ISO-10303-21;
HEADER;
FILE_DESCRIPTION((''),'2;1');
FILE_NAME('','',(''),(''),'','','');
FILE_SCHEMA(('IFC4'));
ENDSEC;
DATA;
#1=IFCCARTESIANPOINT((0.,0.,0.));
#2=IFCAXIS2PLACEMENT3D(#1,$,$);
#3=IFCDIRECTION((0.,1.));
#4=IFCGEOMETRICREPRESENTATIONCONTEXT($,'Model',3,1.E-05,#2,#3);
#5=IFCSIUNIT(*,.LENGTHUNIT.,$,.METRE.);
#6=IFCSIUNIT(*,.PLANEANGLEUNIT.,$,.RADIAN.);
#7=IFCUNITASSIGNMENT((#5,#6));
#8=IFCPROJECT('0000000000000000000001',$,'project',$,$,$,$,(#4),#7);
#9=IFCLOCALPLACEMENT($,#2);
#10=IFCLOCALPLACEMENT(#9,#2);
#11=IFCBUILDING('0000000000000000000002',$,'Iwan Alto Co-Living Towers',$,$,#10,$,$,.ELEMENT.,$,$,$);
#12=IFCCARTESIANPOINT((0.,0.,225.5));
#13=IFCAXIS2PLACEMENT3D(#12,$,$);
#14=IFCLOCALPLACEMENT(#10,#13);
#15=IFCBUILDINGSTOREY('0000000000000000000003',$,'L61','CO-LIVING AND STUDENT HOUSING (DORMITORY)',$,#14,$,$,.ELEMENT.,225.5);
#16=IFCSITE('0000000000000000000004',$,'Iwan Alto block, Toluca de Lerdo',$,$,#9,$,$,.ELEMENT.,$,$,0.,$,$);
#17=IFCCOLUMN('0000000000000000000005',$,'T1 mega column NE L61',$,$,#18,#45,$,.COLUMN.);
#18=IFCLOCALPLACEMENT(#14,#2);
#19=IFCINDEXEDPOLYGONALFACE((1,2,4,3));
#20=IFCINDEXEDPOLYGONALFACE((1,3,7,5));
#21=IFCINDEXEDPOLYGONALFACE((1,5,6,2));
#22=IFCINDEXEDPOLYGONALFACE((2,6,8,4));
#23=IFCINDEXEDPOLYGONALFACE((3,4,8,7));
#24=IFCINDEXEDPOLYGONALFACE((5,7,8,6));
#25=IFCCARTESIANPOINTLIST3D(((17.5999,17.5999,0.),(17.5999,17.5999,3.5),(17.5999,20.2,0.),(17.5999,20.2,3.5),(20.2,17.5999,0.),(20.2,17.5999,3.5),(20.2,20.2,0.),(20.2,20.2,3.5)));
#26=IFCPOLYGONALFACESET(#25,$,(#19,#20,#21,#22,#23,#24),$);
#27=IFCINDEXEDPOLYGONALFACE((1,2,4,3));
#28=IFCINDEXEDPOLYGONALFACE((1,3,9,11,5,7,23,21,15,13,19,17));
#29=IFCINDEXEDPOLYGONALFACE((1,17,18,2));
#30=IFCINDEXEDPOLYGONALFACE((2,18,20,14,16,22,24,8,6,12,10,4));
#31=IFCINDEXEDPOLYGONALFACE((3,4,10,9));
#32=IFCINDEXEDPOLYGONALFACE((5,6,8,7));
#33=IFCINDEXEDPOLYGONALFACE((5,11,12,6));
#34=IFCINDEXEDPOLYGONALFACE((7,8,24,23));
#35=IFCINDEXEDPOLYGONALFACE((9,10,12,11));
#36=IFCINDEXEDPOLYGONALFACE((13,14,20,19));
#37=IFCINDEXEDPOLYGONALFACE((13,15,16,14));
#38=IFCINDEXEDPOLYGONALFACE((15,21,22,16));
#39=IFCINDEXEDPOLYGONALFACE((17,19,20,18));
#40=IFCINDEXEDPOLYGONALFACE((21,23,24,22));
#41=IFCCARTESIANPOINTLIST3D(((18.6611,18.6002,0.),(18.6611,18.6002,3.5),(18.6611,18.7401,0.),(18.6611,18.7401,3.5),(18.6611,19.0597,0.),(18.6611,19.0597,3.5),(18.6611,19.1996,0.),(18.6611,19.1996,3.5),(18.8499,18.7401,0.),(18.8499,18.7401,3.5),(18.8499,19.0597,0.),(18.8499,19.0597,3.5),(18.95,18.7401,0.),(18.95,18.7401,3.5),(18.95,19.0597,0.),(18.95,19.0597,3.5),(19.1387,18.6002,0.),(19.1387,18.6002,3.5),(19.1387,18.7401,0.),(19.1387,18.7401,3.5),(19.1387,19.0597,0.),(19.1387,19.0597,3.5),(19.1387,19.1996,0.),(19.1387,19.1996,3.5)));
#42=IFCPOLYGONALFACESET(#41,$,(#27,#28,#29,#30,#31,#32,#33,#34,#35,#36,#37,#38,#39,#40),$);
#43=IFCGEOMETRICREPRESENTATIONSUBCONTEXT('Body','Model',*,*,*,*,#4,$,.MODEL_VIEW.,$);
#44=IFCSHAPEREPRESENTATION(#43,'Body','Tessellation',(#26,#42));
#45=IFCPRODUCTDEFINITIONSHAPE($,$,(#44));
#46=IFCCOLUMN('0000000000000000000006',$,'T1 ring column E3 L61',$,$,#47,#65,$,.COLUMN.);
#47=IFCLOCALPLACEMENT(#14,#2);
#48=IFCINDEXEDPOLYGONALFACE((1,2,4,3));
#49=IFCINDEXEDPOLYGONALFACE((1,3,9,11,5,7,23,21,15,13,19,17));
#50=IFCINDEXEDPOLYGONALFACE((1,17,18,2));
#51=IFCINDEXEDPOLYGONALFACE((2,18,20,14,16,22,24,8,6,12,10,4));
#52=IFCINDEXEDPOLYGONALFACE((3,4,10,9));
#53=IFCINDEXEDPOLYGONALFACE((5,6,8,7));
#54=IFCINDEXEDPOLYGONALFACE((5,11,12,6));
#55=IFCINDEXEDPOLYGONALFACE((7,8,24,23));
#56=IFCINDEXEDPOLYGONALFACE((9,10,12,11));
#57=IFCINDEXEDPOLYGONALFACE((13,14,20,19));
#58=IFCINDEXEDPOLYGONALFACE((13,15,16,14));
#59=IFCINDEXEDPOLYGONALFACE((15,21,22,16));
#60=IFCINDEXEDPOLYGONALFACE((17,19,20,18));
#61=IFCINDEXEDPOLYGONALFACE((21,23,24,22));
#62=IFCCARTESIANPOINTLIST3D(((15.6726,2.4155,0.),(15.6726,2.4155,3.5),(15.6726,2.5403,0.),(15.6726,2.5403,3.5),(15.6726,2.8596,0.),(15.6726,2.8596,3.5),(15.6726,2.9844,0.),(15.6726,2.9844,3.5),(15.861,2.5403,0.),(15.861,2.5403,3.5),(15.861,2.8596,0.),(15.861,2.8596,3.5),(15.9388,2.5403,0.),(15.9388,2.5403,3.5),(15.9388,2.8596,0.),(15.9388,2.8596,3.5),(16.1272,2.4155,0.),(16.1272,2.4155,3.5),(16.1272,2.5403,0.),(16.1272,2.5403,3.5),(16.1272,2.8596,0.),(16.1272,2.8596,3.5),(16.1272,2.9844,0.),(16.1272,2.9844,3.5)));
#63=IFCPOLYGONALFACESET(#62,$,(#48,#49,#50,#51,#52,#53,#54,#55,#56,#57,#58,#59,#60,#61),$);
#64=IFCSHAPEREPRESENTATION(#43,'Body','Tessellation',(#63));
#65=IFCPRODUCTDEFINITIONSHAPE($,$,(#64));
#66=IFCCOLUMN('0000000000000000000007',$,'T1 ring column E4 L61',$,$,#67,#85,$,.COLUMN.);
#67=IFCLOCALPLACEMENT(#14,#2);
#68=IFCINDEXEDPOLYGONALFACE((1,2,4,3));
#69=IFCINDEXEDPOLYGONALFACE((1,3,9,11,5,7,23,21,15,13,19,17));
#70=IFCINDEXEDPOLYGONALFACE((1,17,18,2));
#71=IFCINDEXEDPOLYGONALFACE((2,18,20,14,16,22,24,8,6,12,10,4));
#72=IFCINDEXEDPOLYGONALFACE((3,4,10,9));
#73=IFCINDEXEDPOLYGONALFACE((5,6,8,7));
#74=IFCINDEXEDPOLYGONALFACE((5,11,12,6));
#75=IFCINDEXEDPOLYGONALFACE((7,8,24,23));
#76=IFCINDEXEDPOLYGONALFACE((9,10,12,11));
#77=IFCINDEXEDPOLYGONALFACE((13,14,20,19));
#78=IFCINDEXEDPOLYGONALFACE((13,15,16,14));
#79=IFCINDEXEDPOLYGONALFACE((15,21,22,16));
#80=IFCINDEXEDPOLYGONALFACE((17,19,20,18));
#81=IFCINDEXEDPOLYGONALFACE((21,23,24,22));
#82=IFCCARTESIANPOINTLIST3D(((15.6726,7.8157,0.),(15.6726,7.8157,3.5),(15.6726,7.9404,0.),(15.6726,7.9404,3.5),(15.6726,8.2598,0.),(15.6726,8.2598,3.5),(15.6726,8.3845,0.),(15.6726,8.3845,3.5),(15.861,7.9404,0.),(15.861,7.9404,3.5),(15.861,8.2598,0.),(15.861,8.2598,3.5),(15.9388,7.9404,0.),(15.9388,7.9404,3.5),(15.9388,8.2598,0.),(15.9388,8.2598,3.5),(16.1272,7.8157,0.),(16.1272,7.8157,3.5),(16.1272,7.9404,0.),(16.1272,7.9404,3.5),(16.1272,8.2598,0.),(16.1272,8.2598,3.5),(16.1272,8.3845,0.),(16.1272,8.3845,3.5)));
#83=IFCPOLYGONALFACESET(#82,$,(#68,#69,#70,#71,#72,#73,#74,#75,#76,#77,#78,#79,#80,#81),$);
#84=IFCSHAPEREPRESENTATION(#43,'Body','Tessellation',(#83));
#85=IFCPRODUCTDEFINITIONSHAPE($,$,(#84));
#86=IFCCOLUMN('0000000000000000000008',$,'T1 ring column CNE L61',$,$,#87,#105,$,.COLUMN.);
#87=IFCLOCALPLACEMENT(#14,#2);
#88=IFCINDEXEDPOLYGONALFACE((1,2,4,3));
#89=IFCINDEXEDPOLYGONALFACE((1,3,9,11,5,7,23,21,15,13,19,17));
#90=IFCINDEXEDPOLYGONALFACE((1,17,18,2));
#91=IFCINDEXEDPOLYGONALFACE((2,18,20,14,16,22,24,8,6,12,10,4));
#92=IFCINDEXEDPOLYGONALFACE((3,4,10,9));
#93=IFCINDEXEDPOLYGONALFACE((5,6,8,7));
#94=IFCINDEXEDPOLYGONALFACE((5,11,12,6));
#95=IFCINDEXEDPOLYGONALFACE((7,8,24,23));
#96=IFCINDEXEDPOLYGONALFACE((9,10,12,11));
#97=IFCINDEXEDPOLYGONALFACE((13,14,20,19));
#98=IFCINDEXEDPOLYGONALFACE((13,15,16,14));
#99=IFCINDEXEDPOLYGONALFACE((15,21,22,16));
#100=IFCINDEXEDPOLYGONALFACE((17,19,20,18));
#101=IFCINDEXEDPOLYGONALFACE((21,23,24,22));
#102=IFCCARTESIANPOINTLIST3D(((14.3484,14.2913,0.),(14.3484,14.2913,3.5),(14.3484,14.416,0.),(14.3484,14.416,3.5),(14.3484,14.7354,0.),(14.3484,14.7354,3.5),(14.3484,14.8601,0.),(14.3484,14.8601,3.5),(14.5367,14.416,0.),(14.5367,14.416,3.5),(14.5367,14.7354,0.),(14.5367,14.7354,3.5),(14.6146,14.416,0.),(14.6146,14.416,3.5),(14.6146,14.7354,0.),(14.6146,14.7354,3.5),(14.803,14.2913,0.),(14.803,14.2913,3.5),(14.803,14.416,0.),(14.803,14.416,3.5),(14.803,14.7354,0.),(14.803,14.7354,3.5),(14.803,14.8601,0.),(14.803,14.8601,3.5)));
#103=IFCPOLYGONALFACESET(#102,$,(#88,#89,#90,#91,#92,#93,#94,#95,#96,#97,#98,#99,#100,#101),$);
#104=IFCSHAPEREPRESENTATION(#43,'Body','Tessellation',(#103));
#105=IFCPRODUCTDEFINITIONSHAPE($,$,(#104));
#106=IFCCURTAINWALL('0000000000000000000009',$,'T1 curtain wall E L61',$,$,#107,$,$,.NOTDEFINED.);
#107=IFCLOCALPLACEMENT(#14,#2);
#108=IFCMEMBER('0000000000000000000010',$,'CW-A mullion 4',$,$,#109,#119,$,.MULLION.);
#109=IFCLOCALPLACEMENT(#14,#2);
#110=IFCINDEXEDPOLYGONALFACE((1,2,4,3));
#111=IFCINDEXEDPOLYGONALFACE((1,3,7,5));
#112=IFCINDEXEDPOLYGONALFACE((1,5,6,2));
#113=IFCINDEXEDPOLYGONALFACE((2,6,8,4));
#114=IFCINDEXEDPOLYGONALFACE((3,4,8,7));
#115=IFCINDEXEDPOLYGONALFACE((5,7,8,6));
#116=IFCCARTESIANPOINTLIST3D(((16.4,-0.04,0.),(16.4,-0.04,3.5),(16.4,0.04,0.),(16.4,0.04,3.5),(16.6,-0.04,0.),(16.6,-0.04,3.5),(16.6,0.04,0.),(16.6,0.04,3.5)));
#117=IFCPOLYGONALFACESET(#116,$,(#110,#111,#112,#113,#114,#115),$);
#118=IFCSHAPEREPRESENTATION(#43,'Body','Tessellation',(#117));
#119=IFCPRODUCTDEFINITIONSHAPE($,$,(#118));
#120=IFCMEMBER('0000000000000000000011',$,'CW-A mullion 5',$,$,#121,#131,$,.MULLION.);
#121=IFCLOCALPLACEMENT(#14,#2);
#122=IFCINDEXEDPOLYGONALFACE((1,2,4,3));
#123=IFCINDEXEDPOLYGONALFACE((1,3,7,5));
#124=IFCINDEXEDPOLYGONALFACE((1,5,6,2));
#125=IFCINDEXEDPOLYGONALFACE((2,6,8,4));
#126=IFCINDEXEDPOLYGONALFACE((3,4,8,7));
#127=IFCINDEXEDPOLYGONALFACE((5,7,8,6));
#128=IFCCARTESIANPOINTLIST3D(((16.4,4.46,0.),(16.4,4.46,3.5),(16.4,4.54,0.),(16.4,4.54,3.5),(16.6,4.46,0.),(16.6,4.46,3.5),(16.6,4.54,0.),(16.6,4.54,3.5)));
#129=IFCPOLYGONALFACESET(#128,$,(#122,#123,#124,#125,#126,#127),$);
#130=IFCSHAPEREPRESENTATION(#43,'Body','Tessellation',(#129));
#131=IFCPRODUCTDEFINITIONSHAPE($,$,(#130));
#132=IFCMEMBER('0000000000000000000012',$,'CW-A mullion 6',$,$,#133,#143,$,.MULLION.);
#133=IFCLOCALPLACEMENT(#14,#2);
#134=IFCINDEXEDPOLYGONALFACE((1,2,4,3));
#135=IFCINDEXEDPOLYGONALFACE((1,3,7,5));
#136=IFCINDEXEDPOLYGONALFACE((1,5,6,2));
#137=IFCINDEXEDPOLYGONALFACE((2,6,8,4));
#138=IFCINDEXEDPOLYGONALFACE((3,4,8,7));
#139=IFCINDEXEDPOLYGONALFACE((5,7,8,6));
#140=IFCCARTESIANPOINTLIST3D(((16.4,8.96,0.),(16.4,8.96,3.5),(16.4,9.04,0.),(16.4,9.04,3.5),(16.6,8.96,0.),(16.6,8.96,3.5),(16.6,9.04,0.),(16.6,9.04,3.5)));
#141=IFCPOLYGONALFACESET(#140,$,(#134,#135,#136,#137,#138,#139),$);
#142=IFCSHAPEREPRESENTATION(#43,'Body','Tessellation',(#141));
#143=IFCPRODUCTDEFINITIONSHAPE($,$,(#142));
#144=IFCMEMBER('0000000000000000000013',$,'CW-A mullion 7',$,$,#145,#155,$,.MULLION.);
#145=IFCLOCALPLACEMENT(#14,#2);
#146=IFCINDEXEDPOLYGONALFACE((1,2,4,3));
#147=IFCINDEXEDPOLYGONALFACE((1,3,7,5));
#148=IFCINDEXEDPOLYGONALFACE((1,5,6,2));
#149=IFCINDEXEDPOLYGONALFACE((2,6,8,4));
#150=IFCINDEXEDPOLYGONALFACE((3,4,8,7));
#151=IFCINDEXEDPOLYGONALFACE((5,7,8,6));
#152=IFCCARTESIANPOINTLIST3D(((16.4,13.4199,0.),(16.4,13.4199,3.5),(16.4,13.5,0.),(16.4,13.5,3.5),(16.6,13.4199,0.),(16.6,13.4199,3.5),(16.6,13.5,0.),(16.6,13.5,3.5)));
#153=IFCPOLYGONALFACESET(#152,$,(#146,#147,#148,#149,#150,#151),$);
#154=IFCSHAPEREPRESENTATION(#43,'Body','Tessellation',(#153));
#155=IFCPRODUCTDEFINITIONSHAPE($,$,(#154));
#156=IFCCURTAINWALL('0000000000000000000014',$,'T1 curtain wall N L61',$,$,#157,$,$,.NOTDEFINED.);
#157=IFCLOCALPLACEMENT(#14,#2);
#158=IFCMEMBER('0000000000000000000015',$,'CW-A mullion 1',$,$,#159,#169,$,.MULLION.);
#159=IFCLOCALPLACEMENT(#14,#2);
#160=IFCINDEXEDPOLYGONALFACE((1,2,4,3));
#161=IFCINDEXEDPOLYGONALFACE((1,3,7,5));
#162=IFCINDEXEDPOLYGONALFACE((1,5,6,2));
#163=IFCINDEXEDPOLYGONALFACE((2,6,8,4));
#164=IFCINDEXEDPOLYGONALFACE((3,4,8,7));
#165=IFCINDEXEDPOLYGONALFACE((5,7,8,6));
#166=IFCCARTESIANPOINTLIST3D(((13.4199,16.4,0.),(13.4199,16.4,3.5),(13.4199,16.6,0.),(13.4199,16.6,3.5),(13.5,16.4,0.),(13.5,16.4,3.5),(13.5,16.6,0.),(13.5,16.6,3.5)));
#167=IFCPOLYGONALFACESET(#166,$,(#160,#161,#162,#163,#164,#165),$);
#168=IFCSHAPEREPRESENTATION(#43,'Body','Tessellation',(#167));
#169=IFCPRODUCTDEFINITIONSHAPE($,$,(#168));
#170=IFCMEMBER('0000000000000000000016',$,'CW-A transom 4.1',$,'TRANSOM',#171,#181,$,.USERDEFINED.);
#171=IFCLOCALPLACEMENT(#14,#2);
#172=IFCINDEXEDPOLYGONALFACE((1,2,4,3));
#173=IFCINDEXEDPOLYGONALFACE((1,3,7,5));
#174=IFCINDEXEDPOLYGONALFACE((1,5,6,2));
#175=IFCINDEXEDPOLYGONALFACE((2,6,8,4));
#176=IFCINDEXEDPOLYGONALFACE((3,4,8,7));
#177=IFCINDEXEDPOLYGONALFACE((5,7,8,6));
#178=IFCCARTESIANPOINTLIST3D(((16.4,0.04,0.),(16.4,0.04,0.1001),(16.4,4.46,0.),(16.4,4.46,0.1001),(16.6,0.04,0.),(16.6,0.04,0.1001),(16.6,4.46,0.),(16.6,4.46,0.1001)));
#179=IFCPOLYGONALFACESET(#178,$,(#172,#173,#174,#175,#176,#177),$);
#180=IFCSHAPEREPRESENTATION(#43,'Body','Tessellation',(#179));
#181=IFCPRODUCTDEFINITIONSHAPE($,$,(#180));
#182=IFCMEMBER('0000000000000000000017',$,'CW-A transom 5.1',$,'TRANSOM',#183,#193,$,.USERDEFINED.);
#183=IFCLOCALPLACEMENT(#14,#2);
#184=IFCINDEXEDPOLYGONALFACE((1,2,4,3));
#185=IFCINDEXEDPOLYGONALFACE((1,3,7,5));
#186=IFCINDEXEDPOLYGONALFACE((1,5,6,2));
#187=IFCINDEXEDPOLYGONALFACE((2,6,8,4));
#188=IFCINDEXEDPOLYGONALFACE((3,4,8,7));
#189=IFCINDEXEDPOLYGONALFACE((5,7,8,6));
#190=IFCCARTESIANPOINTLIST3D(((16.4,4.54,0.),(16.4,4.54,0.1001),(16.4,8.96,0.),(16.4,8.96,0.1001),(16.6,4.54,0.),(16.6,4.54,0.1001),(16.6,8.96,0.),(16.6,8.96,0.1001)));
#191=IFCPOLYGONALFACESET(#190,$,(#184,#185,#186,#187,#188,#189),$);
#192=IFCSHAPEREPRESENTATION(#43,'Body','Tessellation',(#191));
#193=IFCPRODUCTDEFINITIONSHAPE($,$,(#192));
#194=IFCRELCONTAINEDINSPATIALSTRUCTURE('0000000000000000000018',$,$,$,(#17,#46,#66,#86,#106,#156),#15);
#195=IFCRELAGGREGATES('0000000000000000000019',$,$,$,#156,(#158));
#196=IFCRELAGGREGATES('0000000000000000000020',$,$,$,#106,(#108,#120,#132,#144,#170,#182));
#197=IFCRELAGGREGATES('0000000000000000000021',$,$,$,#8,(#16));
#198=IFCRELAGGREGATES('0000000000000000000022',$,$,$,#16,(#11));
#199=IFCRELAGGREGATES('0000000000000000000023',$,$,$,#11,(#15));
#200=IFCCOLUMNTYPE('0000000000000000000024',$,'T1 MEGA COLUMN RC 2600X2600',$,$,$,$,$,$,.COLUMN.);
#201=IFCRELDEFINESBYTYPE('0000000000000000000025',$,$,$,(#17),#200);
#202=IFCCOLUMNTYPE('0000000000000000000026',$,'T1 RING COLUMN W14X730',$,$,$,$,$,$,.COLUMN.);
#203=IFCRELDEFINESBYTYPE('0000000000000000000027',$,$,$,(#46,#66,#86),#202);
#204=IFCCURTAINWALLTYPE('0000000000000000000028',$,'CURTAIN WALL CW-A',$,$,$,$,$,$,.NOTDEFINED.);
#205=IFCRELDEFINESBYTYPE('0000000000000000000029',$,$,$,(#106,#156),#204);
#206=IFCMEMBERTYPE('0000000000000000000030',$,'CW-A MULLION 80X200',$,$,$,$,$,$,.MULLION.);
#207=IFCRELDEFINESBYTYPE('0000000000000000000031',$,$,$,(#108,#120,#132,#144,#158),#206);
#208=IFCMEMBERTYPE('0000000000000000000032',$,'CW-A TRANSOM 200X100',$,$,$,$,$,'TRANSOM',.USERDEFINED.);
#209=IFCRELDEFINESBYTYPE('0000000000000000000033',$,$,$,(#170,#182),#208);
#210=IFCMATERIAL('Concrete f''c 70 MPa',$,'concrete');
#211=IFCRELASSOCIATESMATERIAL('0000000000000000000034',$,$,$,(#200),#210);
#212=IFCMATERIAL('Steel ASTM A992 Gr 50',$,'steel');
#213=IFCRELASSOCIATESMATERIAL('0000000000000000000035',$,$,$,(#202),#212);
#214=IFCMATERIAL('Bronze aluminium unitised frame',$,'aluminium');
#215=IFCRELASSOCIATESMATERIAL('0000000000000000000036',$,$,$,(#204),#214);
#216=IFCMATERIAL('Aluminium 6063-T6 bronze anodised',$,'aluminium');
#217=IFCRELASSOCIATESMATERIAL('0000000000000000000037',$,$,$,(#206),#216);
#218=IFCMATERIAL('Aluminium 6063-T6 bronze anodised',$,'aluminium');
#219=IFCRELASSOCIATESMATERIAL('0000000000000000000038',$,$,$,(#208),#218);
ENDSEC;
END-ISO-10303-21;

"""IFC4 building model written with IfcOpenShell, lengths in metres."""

from ifc_helpers import new_model, si_unit, direction, frame, origin, origin_2d, place, context, subcontext, project, spatial, rectangle, i_section, extrude, material, material_profile, profile_set, type_object, element, aggregate, save


model = new_model("IFC4")

# Units and contexts
model_context = context("Model", 3, precision=1e-05, world=origin(), true_north=direction((0.0, 1.0)))
body_context = subcontext(model_context, "Body", "Model", "MODEL_VIEW")
ifc_project = project(units=[si_unit("LENGTHUNIT", "METRE"), si_unit("PLANEANGLEUNIT", "RADIAN")], contexts=[model_context])

# Site, building, storey
site_placement = place(None, origin())
site = spatial("IfcSite", under=ifc_project, at=site_placement, Name="Iwan Alto block, Toluca de Lerdo", CompositionType="ELEMENT", RefElevation=0.0)
building_placement = place(site_placement, origin())
building = spatial("IfcBuilding", under=site, at=building_placement, Name="Iwan Alto Co-Living Towers", CompositionType="ELEMENT")
storey_placement = place(building_placement, frame((0.0, 0.0, 225.5)))
storey = spatial("IfcBuildingStorey", under=building, at=storey_placement, Name="L61", Description="CO-LIVING AND STUDENT HOUSING (DORMITORY)", CompositionType="ELEMENT", Elevation=225.5)

# Columns
ifc_material_1 = material(Name="Concrete f'c 70 MPa", Category="concrete")
ifc_material_profile_1 = material_profile(ifc_material_1, rectangle(XDim=2.6001, YDim=2.6001, at=origin_2d()), Name="RC 2600X2600")
ifc_profile_set_1 = profile_set([ifc_material_profile_1], Name="Concrete f'c 70 MPa")
column_type_1 = type_object("IfcColumnType", Name="T1 MEGA COLUMN RC 2600X2600", PredefinedType="COLUMN", material=ifc_profile_set_1)
column_placement = place(storey_placement, frame((18.8999, 18.8999, 0.0), z_axis=(0.0, 0.0, 1.0), x_axis=(1.0, 0.0, 0.0)))
element("IfcColumn", 1, at=column_placement, inside=storey, type_object=column_type_1, Name="T1 mega column NE L61", PredefinedType="COLUMN", context=body_context, shape_type="SweptSolid", body=[
    extrude(rectangle(XDim=2.6001, YDim=2.6001, at=origin_2d()), origin(), (0.0, 0.0, 1.0), 3.5),
    extrude(i_section(OverallWidth=0.4775, OverallDepth=0.5994, WebThickness=0.1001, FlangeThickness=0.1399, at=origin_2d()), origin(), (0.0, 0.0, 1.0), 3.5),
])
ifc_material_2 = material(Name="Steel ASTM A992 Gr 50", Category="steel")
ifc_material_profile_2 = material_profile(ifc_material_2, i_section(OverallWidth=0.4546, OverallDepth=0.5688, WebThickness=0.0779, FlangeThickness=0.1248, at=origin_2d()), Name="W14X730")
ifc_profile_set_2 = profile_set([ifc_material_profile_2], Name="Steel ASTM A992 Gr 50")
column_type_2 = type_object("IfcColumnType", Name="T1 RING COLUMN W14X730", PredefinedType="COLUMN", material=ifc_profile_set_2)
for number, where, z_axis, x_axis, name in (
    (2, (15.8999, 2.7, 0.0), (0.0, 0.0, 1.0), (1.0, 0.0, 0.0), "T1 ring column E3 L61"),
    (3, (15.8999, 8.1001, 0.0), (0.0, 0.0, 1.0), (1.0, 0.0, 0.0), "T1 ring column E4 L61"),
    (4, (14.5757, 14.5757, 0.0), (0.0, 0.0, 1.0), (1.0, 0.0, 0.0), "T1 ring column CNE L61"),
):
    element("IfcColumn", number, at=place(storey_placement, frame(where, z_axis=z_axis, x_axis=x_axis)), inside=storey, type_object=column_type_2, Name=name, PredefinedType="COLUMN", context=body_context, shape_type="SweptSolid", body=[
        extrude(i_section(OverallWidth=0.4546, OverallDepth=0.5688, WebThickness=0.0779, FlangeThickness=0.1248, at=origin_2d()), origin(), (0.0, 0.0, 1.0), 3.5),
    ])

# Curtain wall, members
ifc_material_3 = material(Name="Bronze aluminium unitised frame", Category="aluminium")
curtain_wall_type_1 = type_object("IfcCurtainWallType", Name="CURTAIN WALL CW-A", PredefinedType="NOTDEFINED", material=ifc_material_3)
curtain_wall_1_placement = place(storey_placement, origin())
curtain_wall_1 = element("IfcCurtainWall", 5, at=curtain_wall_1_placement, inside=storey, type_object=curtain_wall_type_1, Name="T1 curtain wall E L61", PredefinedType="NOTDEFINED")
ifc_material_4 = material(Name="Aluminium 6063-T6 bronze anodised", Category="aluminium")
ifc_material_profile_3 = material_profile(ifc_material_4, rectangle(XDim=0.2, YDim=0.0801, at=origin_2d()), Name="AL 80X200")
ifc_profile_set_3 = profile_set([ifc_material_profile_3], Name="Aluminium 6063-T6 bronze anodised")
member_type_1 = type_object("IfcMemberType", Name="CW-A MULLION 80X200", PredefinedType="MULLION", material=ifc_profile_set_3)
member_1_placement = place(storey_placement, frame((16.5, 0.0, 0.0), z_axis=(0.0, 0.0, 1.0), x_axis=(-1.0, 0.0, 0.0)))
member_1 = element("IfcMember", 6, at=member_1_placement, type_object=member_type_1, Name="CW-A mullion 4", PredefinedType="MULLION", context=body_context, shape_type="SweptSolid", body=[
    extrude(rectangle(XDim=0.2, YDim=0.0801, at=origin_2d()), origin(), (0.0, 0.0, 1.0), 3.5),
])
member_2_placement = place(storey_placement, frame((16.5, 4.5, 0.0), z_axis=(0.0, 0.0, 1.0), x_axis=(-1.0, 0.0, 0.0)))
member_2 = element("IfcMember", 7, at=member_2_placement, type_object=member_type_1, Name="CW-A mullion 5", PredefinedType="MULLION", context=body_context, shape_type="SweptSolid", body=[
    extrude(rectangle(XDim=0.2, YDim=0.0801, at=origin_2d()), origin(), (0.0, 0.0, 1.0), 3.5),
])
member_3_placement = place(storey_placement, frame((16.5, 9.0, 0.0), z_axis=(0.0, 0.0, 1.0), x_axis=(-1.0, 0.0, 0.0)))
member_3 = element("IfcMember", 8, at=member_3_placement, type_object=member_type_1, Name="CW-A mullion 6", PredefinedType="MULLION", context=body_context, shape_type="SweptSolid", body=[
    extrude(rectangle(XDim=0.2, YDim=0.0801, at=origin_2d()), origin(), (0.0, 0.0, 1.0), 3.5),
])
member_4_placement = place(storey_placement, frame((16.5, 13.46, 0.0), z_axis=(0.0, 0.0, 1.0), x_axis=(-1.0, 0.0, 0.0)))
member_4 = element("IfcMember", 9, at=member_4_placement, type_object=member_type_1, Name="CW-A mullion 7", PredefinedType="MULLION", context=body_context, shape_type="SweptSolid", body=[
    extrude(rectangle(XDim=0.2, YDim=0.0801, at=origin_2d()), origin(), (0.0, 0.0, 1.0), 3.5),
])

# Curtain wall, member
curtain_wall_2_placement = place(storey_placement, origin())
curtain_wall_2 = element("IfcCurtainWall", 10, at=curtain_wall_2_placement, inside=storey, type_object=curtain_wall_type_1, Name="T1 curtain wall N L61", PredefinedType="NOTDEFINED")
member_5_placement = place(storey_placement, frame((13.46, 16.5, 0.0), z_axis=(0.0, 0.0, 1.0), x_axis=(0.0, -1.0, 0.0)))
member_5 = element("IfcMember", 11, at=member_5_placement, type_object=member_type_1, Name="CW-A mullion 1", PredefinedType="MULLION", context=body_context, shape_type="SweptSolid", body=[
    extrude(rectangle(XDim=0.2, YDim=0.0801, at=origin_2d()), origin(), (0.0, 0.0, 1.0), 3.5),
])

# Members
ifc_material_5 = material(Name="Aluminium 6063-T6 bronze anodised", Category="aluminium")
ifc_material_profile_4 = material_profile(ifc_material_5, rectangle(XDim=0.2, YDim=0.1001, at=origin_2d()), Name="AL 200X100")
ifc_profile_set_4 = profile_set([ifc_material_profile_4], Name="Aluminium 6063-T6 bronze anodised")
member_type_2 = type_object("IfcMemberType", Name="CW-A TRANSOM 200X100", ElementType="TRANSOM", PredefinedType="USERDEFINED", material=ifc_profile_set_4)
member_6_placement = place(storey_placement, frame((16.5, 0.04, 0.05), z_axis=(0.0, 1.0, 0.0), x_axis=(-1.0, 0.0, 0.0)))
member_6 = element("IfcMember", 12, at=member_6_placement, type_object=member_type_2, Name="CW-A transom 4.1", ObjectType="TRANSOM", PredefinedType="USERDEFINED", context=body_context, shape_type="SweptSolid", body=[
    extrude(rectangle(XDim=0.2, YDim=0.1001, at=origin_2d()), origin(), (0.0, 0.0, 1.0), 4.4199),
])
member_7_placement = place(storey_placement, frame((16.5, 4.54, 0.05), z_axis=(0.0, 1.0, 0.0), x_axis=(-1.0, 0.0, 0.0)))
member_7 = element("IfcMember", 13, at=member_7_placement, type_object=member_type_2, Name="CW-A transom 5.1", ObjectType="TRANSOM", PredefinedType="USERDEFINED", context=body_context, shape_type="SweptSolid", body=[
    extrude(rectangle(XDim=0.2, YDim=0.1001, at=origin_2d()), origin(), (0.0, 0.0, 1.0), 4.4199),
])
aggregate(curtain_wall_2, [member_5])

aggregate(curtain_wall_1, [member_1, member_2, member_3, member_4, member_6, member_7])

save(model, "model.ifc")
